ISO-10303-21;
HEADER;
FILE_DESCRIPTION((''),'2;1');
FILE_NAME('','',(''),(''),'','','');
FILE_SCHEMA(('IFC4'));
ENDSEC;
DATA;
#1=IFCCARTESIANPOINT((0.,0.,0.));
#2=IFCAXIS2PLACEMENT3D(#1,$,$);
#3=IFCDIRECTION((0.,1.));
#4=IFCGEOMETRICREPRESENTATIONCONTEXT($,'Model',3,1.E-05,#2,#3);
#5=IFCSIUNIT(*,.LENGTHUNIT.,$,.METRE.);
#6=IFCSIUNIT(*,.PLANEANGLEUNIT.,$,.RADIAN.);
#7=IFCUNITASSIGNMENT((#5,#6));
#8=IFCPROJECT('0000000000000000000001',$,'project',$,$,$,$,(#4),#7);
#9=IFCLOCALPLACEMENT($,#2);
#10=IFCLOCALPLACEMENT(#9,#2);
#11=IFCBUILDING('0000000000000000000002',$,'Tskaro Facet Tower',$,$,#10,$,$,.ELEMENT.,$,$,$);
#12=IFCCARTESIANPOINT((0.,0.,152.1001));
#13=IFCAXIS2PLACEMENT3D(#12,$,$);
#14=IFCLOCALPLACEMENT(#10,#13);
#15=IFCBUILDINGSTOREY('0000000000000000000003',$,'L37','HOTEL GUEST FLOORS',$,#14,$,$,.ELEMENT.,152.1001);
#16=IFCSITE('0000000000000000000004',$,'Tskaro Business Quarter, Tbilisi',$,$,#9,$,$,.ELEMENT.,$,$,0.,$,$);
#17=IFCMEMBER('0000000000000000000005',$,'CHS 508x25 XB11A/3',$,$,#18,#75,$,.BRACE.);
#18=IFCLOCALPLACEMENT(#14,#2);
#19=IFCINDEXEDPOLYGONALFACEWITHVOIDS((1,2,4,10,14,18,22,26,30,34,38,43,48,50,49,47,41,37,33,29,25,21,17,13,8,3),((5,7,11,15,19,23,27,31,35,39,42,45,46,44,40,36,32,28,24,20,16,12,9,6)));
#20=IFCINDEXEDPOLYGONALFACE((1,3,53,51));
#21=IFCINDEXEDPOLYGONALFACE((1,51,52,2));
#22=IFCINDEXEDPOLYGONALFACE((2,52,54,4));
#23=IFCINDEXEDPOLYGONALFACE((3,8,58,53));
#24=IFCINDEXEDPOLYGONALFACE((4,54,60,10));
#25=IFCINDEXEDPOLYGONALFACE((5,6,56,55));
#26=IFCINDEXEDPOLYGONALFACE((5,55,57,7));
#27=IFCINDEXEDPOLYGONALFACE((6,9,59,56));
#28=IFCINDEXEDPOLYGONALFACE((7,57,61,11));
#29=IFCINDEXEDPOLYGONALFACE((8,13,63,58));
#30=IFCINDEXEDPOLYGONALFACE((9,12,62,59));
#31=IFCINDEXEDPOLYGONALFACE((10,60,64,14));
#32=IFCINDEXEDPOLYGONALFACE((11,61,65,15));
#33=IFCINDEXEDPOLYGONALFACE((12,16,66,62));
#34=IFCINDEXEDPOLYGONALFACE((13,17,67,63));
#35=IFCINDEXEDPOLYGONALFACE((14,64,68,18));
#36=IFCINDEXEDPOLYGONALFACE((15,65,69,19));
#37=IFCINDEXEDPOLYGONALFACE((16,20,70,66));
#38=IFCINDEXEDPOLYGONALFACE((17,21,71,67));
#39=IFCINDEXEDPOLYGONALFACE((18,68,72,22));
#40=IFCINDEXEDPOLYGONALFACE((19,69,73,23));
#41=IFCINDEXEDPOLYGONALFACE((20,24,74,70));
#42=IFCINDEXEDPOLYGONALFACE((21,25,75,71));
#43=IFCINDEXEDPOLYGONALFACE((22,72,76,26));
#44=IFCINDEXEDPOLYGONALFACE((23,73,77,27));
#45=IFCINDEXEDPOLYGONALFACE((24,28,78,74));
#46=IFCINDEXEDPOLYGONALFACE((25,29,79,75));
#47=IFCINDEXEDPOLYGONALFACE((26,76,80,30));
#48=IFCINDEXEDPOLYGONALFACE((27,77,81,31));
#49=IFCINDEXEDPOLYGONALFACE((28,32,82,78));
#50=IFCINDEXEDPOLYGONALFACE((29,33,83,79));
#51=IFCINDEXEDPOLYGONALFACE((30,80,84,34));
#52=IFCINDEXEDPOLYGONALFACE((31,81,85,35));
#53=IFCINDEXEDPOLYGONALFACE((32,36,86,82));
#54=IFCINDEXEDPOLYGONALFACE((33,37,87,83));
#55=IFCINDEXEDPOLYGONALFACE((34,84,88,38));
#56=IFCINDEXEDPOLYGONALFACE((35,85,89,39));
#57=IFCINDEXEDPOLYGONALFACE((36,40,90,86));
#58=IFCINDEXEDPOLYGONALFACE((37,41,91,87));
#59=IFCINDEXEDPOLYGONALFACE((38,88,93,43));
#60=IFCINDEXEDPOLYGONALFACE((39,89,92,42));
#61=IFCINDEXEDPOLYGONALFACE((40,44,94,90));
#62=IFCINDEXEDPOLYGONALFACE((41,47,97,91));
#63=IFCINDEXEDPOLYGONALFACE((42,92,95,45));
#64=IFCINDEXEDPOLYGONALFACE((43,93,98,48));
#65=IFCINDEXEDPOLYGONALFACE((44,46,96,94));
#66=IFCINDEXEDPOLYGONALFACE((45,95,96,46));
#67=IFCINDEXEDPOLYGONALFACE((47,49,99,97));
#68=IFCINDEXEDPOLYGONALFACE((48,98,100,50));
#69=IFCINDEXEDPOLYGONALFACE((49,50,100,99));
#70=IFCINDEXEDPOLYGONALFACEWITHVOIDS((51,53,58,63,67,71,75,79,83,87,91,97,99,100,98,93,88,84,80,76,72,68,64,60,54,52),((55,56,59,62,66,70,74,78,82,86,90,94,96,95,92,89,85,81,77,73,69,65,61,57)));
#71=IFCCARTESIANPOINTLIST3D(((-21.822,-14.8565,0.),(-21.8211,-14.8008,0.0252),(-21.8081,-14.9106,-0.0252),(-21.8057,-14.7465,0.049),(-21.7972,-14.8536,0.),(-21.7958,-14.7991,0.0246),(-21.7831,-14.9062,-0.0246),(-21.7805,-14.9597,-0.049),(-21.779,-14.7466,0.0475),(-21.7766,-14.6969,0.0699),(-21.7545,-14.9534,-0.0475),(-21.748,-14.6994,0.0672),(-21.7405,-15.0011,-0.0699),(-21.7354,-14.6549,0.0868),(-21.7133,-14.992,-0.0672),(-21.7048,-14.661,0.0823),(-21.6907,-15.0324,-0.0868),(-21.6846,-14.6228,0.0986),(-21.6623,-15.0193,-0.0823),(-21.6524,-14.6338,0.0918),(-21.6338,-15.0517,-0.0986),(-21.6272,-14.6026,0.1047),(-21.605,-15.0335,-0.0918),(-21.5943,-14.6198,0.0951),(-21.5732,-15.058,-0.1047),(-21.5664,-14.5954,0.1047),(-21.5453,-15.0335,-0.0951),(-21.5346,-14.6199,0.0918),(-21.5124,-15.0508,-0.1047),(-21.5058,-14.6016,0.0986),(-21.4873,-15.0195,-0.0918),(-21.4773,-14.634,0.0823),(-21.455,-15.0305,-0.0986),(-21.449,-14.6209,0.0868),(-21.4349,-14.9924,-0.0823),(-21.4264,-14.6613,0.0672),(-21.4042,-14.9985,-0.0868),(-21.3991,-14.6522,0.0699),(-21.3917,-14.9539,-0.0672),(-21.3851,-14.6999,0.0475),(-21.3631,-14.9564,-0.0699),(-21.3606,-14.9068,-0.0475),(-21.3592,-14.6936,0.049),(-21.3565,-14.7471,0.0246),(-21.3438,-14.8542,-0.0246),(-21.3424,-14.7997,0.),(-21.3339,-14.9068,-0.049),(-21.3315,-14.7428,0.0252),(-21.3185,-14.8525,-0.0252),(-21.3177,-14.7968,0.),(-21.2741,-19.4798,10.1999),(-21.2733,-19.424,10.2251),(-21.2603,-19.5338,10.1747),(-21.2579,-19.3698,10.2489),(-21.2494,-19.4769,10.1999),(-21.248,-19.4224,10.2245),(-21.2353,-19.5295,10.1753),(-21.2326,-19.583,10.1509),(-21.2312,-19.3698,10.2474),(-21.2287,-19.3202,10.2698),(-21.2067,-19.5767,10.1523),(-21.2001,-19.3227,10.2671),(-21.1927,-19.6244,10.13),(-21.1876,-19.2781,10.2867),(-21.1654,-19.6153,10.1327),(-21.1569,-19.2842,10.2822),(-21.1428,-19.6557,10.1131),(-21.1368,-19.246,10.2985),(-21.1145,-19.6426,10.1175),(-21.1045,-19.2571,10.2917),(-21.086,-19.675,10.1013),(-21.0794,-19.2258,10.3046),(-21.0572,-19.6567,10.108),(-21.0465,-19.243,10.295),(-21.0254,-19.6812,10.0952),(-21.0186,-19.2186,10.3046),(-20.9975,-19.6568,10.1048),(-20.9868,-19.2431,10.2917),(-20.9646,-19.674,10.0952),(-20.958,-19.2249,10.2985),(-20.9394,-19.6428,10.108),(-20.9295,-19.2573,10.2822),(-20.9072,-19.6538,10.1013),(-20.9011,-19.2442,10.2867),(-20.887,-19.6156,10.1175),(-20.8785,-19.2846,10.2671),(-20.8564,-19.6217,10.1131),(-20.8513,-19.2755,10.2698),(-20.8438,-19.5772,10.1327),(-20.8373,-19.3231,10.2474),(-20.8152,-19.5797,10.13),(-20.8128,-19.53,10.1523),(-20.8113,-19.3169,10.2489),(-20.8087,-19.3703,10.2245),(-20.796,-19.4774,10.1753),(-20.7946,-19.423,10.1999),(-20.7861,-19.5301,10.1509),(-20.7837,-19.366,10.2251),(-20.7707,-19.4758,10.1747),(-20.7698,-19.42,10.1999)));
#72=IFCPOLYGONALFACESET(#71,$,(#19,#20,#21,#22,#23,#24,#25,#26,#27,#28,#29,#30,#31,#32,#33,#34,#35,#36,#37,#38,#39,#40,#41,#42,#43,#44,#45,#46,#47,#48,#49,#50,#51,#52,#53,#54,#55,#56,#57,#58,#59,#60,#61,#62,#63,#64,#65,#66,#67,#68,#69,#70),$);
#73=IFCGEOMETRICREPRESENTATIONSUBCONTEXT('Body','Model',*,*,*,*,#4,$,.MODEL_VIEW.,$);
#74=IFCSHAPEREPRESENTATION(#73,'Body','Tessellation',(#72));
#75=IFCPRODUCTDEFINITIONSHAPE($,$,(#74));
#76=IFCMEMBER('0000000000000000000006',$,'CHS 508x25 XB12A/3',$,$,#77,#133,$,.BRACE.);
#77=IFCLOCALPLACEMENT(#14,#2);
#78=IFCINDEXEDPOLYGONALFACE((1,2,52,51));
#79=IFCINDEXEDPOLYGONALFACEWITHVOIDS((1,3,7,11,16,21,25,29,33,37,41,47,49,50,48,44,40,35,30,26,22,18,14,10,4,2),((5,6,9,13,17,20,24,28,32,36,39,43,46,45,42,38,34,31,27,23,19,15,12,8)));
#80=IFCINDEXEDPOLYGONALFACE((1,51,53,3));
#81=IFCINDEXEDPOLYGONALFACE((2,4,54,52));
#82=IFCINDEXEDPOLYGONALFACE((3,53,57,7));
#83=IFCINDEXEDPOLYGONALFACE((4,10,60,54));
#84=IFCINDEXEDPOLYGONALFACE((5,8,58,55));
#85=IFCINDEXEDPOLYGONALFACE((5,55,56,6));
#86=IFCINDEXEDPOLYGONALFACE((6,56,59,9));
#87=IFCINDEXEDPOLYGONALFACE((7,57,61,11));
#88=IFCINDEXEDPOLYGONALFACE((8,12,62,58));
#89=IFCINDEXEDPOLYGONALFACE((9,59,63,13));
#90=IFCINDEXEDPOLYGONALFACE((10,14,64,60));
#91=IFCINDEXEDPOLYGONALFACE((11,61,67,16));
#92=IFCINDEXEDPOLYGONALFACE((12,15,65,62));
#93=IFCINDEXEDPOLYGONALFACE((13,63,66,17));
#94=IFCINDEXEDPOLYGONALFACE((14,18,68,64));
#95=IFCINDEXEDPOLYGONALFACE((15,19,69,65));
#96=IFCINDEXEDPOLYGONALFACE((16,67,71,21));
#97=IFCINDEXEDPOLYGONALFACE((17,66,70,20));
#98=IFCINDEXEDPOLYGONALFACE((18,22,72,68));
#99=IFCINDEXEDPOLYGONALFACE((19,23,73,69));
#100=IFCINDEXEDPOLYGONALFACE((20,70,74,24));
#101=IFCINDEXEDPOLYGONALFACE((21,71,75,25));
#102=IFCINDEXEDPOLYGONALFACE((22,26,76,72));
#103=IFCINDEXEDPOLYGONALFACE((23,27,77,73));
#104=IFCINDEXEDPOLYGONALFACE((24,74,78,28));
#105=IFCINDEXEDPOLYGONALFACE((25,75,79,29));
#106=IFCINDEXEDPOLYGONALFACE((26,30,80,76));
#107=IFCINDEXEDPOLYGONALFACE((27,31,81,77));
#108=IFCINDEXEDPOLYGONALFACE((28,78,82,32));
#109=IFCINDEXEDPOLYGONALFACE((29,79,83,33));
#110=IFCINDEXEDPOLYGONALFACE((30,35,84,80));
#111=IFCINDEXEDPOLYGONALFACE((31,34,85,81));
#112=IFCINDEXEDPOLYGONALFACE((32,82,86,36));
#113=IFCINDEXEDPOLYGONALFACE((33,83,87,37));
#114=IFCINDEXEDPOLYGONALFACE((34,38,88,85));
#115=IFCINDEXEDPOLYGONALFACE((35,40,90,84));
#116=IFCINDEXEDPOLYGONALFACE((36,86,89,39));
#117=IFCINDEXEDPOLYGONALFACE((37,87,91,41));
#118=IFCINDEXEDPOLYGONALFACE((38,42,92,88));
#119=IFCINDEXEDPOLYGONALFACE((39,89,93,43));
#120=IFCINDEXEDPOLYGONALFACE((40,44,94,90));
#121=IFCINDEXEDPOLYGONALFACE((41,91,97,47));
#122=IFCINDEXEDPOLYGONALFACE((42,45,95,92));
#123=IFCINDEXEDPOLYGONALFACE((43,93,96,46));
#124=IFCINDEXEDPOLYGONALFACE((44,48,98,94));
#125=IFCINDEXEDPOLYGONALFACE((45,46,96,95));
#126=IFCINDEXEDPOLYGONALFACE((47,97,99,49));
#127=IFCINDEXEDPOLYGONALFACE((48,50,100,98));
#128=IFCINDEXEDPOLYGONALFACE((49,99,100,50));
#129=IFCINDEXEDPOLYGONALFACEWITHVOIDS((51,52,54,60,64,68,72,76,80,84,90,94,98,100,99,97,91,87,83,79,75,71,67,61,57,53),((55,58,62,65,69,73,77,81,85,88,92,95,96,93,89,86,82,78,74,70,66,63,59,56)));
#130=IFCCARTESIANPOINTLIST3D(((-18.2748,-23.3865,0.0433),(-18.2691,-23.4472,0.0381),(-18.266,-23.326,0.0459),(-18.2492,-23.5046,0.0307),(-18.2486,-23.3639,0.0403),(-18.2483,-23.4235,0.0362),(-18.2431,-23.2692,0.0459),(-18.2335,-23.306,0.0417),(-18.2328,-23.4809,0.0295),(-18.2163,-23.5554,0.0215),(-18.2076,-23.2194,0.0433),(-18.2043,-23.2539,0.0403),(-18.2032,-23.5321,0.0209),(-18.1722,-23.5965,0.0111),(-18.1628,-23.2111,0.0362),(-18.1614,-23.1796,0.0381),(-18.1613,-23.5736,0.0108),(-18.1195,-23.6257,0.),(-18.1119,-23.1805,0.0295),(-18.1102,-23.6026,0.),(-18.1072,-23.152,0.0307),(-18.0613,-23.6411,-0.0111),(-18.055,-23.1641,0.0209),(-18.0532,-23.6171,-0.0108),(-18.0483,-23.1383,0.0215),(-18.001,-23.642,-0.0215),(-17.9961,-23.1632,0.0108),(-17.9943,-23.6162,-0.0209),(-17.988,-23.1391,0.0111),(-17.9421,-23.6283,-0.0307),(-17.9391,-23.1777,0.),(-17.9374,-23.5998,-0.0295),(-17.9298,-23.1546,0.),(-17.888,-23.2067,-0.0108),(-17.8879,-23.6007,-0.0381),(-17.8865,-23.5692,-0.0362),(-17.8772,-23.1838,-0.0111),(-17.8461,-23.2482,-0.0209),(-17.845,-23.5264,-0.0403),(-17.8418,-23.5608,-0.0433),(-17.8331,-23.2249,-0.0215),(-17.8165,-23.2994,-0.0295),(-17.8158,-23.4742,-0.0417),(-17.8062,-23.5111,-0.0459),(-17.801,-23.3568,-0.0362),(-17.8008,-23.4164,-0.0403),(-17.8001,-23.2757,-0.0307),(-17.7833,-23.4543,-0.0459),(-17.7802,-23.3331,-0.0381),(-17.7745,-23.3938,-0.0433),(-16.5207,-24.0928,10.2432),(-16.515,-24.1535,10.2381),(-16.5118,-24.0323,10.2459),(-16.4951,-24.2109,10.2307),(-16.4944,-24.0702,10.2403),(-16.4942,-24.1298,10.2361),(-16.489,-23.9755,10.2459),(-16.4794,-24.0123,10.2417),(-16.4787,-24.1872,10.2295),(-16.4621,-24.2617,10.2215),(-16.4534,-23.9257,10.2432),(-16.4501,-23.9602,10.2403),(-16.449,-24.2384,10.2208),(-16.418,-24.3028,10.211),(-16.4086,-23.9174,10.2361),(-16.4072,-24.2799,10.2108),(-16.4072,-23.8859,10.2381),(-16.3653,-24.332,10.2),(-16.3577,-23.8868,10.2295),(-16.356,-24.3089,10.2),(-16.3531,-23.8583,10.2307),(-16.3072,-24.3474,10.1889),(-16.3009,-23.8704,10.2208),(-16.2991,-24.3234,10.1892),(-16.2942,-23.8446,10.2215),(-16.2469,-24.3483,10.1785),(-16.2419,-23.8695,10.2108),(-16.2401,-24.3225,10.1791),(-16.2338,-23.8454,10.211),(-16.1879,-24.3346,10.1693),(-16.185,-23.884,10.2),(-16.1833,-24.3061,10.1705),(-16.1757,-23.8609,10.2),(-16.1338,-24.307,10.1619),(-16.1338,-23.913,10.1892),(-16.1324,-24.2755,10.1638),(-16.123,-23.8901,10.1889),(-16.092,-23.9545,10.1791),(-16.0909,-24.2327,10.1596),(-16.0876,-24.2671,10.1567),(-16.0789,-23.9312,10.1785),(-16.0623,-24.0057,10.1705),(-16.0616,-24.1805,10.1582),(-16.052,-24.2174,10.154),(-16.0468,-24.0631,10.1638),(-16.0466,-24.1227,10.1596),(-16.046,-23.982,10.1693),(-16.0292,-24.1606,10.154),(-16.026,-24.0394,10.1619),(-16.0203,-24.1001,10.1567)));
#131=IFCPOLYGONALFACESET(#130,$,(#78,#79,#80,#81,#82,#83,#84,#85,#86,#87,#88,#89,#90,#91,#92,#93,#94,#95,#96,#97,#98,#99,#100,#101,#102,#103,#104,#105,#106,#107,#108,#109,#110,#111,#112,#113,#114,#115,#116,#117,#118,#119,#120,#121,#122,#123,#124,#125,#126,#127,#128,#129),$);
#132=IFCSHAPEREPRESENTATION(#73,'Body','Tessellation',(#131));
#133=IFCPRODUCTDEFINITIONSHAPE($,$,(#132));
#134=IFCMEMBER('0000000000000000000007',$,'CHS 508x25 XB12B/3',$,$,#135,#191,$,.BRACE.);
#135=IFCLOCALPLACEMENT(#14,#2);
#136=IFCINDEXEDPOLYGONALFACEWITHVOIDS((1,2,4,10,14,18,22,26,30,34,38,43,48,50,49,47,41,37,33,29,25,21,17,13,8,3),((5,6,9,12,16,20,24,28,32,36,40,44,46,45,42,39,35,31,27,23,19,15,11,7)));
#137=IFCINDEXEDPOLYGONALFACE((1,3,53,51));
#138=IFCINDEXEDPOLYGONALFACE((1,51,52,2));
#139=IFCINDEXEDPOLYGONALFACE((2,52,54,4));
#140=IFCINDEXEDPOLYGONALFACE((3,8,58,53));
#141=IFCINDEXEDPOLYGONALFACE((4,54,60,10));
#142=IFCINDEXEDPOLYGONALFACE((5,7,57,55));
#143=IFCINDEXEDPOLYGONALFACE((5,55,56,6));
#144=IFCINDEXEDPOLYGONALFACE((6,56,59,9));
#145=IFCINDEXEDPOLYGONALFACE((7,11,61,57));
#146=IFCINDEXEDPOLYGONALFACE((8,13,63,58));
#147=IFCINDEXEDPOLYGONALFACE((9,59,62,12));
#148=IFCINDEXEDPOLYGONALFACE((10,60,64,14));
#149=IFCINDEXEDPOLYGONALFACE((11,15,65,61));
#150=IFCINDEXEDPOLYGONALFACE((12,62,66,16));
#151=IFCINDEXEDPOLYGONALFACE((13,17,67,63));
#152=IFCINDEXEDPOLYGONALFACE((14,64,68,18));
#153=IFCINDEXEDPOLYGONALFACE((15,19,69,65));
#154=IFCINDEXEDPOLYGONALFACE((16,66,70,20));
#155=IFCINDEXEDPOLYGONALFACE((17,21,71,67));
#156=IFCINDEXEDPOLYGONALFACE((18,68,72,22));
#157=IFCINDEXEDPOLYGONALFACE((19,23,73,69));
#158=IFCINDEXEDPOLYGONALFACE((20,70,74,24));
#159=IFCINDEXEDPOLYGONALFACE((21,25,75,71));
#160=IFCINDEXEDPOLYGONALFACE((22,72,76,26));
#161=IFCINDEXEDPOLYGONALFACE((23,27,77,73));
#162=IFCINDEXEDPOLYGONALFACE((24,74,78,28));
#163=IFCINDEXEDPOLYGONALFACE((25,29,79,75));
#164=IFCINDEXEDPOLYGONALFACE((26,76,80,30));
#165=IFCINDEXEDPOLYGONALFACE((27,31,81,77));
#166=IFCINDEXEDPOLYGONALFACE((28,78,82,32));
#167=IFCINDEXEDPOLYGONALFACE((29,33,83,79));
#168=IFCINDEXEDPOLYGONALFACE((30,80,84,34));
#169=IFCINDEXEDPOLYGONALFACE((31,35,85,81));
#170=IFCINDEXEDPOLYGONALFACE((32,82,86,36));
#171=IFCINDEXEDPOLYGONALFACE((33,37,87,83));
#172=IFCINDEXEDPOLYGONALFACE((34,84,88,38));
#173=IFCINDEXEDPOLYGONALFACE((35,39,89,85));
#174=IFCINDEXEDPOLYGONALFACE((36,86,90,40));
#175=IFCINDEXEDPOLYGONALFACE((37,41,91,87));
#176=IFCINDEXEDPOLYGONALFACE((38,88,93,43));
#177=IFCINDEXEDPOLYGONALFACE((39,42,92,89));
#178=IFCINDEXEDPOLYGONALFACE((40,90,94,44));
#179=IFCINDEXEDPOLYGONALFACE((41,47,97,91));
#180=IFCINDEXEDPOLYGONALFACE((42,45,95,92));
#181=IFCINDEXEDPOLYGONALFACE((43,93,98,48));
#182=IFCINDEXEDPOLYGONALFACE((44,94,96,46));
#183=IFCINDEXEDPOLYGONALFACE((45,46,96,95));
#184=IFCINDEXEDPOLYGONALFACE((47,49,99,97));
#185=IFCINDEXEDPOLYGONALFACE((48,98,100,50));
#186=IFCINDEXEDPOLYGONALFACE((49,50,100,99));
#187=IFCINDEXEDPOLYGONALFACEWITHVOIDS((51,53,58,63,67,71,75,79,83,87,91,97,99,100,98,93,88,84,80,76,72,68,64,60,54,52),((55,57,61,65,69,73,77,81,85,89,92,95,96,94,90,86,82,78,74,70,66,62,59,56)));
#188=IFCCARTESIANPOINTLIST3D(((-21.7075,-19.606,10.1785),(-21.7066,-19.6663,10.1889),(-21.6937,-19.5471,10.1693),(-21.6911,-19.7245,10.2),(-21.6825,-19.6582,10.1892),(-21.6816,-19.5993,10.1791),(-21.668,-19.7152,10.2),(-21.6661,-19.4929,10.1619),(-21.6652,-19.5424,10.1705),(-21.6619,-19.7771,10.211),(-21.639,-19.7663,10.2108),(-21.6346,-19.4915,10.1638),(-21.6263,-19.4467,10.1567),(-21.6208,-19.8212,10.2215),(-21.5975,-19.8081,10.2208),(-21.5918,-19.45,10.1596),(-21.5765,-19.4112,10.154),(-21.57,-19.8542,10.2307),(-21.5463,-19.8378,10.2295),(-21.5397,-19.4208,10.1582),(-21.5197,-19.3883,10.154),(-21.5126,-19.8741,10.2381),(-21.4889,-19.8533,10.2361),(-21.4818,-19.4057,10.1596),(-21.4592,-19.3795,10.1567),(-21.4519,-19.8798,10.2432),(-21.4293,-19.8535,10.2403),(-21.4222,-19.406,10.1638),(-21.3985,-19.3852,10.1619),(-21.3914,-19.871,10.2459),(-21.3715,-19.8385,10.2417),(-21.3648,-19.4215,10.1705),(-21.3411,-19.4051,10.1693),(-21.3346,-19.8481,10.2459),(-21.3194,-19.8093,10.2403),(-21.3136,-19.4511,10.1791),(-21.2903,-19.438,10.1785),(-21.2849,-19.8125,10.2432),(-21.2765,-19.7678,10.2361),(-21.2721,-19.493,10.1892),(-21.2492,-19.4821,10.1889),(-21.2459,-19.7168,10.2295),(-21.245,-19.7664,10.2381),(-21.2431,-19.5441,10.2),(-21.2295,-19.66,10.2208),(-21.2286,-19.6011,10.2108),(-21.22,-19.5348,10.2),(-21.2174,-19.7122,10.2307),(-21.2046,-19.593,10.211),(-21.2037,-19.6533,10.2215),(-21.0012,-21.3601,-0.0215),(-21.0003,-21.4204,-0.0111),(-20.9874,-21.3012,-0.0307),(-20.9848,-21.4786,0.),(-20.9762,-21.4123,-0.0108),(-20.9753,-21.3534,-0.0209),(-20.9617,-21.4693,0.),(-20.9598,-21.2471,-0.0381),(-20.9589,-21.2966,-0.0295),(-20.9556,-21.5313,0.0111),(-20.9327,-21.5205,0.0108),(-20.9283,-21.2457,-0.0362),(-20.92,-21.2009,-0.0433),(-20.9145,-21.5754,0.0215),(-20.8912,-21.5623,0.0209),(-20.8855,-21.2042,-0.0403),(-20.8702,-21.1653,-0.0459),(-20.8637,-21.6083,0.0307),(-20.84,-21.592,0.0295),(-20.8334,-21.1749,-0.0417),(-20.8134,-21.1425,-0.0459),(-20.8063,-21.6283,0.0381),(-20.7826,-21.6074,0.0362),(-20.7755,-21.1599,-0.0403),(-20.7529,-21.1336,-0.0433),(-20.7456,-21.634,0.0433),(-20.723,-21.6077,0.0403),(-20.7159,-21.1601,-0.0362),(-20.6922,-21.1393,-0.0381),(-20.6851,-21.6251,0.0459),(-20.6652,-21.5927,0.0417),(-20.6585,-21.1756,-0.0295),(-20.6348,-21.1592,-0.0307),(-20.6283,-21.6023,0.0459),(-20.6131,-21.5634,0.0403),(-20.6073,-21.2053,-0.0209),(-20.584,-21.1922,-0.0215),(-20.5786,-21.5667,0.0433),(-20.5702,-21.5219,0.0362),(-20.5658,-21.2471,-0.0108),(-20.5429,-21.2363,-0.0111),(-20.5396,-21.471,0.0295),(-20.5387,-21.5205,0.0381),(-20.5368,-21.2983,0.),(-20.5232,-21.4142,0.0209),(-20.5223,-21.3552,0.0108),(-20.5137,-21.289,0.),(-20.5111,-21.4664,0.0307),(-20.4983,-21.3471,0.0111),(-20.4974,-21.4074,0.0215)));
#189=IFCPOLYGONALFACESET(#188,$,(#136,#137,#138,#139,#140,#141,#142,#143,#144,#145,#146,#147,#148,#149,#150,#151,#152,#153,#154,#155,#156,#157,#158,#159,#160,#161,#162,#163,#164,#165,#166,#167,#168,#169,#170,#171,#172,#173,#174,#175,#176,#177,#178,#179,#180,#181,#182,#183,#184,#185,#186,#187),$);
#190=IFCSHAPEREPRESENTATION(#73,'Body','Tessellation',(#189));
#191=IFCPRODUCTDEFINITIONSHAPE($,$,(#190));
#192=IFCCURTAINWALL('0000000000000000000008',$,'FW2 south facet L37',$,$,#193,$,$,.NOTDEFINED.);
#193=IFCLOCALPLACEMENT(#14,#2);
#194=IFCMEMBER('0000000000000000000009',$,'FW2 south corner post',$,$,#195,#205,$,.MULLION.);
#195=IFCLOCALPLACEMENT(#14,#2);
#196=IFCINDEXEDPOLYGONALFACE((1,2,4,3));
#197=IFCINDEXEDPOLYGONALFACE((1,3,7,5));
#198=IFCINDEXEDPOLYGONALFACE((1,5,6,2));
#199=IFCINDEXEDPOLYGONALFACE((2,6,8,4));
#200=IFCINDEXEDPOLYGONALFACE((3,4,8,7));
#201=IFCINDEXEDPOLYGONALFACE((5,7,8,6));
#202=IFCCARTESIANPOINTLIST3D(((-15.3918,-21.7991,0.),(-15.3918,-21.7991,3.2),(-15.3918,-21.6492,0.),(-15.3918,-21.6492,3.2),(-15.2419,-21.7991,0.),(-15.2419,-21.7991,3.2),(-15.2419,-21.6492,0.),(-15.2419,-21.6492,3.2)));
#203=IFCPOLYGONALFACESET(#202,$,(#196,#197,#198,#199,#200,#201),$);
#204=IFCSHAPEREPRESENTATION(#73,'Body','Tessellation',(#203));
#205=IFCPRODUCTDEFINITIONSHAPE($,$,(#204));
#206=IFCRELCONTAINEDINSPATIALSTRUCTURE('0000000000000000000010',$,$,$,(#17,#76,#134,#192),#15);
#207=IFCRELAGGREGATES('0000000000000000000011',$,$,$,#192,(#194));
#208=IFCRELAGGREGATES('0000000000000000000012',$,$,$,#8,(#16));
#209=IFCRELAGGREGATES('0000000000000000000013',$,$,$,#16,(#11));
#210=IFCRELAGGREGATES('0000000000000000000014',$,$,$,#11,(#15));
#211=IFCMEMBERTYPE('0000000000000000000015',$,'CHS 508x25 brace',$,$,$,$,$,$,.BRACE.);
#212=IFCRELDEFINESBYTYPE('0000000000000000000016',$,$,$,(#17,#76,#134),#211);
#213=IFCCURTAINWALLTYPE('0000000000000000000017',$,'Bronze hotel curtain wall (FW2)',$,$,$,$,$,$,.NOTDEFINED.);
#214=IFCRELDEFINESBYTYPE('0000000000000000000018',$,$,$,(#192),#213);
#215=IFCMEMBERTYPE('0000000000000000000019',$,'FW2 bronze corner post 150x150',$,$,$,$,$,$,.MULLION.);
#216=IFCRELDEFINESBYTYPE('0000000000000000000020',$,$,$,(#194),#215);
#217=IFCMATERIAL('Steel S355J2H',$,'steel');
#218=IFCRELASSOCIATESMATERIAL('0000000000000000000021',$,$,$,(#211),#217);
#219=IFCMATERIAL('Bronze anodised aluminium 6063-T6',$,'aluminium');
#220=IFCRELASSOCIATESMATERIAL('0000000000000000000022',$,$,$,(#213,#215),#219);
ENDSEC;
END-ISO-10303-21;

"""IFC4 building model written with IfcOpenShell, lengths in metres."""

from ifc_helpers import new_model, si_unit, direction, frame, origin, origin_2d, place, context, subcontext, project, spatial, rectangle, hollow_circle, extrude, material, material_profile, profile_set, type_object, element, aggregate, save


model = new_model("IFC4")

# Units and contexts
model_context = context("Model", 3, precision=1e-05, world=origin(), true_north=direction((0.0, 1.0)))
body_context = subcontext(model_context, "Body", "Model", "MODEL_VIEW")
ifc_project = project(units=[si_unit("LENGTHUNIT", "METRE"), si_unit("PLANEANGLEUNIT", "RADIAN")], contexts=[model_context])

# Site, building, storey
site_placement = place(None, origin())
site = spatial("IfcSite", under=ifc_project, at=site_placement, Name="Tskaro Business Quarter, Tbilisi", CompositionType="ELEMENT", RefElevation=0.0)
building_placement = place(site_placement, origin())
building = spatial("IfcBuilding", under=site, at=building_placement, Name="Tskaro Facet Tower", CompositionType="ELEMENT")
storey_placement = place(building_placement, frame((0.0, 0.0, 152.1001)))
storey = spatial("IfcBuildingStorey", under=building, at=storey_placement, Name="L37", Description="HOTEL GUEST FLOORS", CompositionType="ELEMENT", Elevation=152.1001)

# Shared definitions
ifc_material_1 = material(Name="Steel S355J2H", Category="steel")

# Members
ifc_material_profile_1 = material_profile(ifc_material_1, hollow_circle(Radius=0.2539, WallThickness=0.0249, at=origin_2d()), Name="CHS 508x25")
ifc_profile_set_1 = profile_set([ifc_material_profile_1], Name="Steel S355J2H")
member_type_1 = type_object("IfcMemberType", Name="CHS 508x25 brace", PredefinedType="BRACE", material=ifc_profile_set_1)
member_1_placement = place(storey_placement, frame((-21.5698, -14.8267, 0.0), z_axis=(0.048862, -0.412344, 0.909717), x_axis=(0.993052, 0.117675, 0.0)))
element("IfcMember", 1, at=member_1_placement, inside=storey, type_object=member_type_1, Name="CHS 508x25 XB11A/3", PredefinedType="BRACE", context=body_context, shape_type="SweptSolid", body=[
    extrude(hollow_circle(Radius=0.2539, WallThickness=0.0249, at=origin_2d()), origin(), (0.0, 0.0, 1.0), 11.2122),
])
for number, where, z_axis, x_axis, name in (
    (2, (-18.0247, -23.3901, 0.0), (0.169095, -0.068085, 0.983245), (0.373504, 0.927628, 0.0), "CHS 508x25 XB12A/3"),
    (3, (-20.7493, -21.3838, 0.0), (-0.068085, 0.169095, 0.983245), (-0.927628, -0.373504, 0.0), "CHS 508x25 XB12B/3"),
):
    element("IfcMember", number, at=place(storey_placement, frame(where, z_axis=z_axis, x_axis=x_axis)), inside=storey, type_object=member_type_1, Name=name, PredefinedType="BRACE", context=body_context, shape_type="SweptSolid", body=[
        extrude(hollow_circle(Radius=0.2539, WallThickness=0.0249, at=origin_2d()), origin(), (0.0, 0.0, 1.0), 10.3738),
    ])

# Curtain wall, member
ifc_material_2 = material(Name="Bronze anodised aluminium 6063-T6", Category="aluminium")
curtain_wall_type = type_object("IfcCurtainWallType", Name="Bronze hotel curtain wall (FW2)", PredefinedType="NOTDEFINED", material=ifc_material_2)
curtain_wall_1_placement = place(storey_placement, origin())
curtain_wall_1 = element("IfcCurtainWall", 4, at=curtain_wall_1_placement, inside=storey, type_object=curtain_wall_type, Name="FW2 south facet L37", PredefinedType="NOTDEFINED")
ifc_material_profile_2 = material_profile(ifc_material_2, rectangle(XDim=0.1499, YDim=0.1499, at=origin_2d()), Name="Corner post 150x150")
ifc_profile_set_2 = profile_set([ifc_material_profile_2], Name="Bronze anodised aluminium 6063-T6")
member_type_2 = type_object("IfcMemberType", Name="FW2 bronze corner post 150x150", PredefinedType="MULLION", material=ifc_profile_set_2)
member_2_placement = place(storey_placement, frame((-15.3169, -21.7241, 0.0), z_axis=(0.0, 0.0, 1.0), x_axis=(1.0, 0.0, 0.0)))
member_2 = element("IfcMember", 5, at=member_2_placement, type_object=member_type_2, Name="FW2 south corner post", PredefinedType="MULLION", context=body_context, shape_type="SweptSolid", body=[
    extrude(rectangle(XDim=0.1499, YDim=0.1499, at=origin_2d()), origin(), (0.0, 0.0, 1.0), 3.2),
])

aggregate(curtain_wall_1, [member_2])

save(model, "model.ifc")
